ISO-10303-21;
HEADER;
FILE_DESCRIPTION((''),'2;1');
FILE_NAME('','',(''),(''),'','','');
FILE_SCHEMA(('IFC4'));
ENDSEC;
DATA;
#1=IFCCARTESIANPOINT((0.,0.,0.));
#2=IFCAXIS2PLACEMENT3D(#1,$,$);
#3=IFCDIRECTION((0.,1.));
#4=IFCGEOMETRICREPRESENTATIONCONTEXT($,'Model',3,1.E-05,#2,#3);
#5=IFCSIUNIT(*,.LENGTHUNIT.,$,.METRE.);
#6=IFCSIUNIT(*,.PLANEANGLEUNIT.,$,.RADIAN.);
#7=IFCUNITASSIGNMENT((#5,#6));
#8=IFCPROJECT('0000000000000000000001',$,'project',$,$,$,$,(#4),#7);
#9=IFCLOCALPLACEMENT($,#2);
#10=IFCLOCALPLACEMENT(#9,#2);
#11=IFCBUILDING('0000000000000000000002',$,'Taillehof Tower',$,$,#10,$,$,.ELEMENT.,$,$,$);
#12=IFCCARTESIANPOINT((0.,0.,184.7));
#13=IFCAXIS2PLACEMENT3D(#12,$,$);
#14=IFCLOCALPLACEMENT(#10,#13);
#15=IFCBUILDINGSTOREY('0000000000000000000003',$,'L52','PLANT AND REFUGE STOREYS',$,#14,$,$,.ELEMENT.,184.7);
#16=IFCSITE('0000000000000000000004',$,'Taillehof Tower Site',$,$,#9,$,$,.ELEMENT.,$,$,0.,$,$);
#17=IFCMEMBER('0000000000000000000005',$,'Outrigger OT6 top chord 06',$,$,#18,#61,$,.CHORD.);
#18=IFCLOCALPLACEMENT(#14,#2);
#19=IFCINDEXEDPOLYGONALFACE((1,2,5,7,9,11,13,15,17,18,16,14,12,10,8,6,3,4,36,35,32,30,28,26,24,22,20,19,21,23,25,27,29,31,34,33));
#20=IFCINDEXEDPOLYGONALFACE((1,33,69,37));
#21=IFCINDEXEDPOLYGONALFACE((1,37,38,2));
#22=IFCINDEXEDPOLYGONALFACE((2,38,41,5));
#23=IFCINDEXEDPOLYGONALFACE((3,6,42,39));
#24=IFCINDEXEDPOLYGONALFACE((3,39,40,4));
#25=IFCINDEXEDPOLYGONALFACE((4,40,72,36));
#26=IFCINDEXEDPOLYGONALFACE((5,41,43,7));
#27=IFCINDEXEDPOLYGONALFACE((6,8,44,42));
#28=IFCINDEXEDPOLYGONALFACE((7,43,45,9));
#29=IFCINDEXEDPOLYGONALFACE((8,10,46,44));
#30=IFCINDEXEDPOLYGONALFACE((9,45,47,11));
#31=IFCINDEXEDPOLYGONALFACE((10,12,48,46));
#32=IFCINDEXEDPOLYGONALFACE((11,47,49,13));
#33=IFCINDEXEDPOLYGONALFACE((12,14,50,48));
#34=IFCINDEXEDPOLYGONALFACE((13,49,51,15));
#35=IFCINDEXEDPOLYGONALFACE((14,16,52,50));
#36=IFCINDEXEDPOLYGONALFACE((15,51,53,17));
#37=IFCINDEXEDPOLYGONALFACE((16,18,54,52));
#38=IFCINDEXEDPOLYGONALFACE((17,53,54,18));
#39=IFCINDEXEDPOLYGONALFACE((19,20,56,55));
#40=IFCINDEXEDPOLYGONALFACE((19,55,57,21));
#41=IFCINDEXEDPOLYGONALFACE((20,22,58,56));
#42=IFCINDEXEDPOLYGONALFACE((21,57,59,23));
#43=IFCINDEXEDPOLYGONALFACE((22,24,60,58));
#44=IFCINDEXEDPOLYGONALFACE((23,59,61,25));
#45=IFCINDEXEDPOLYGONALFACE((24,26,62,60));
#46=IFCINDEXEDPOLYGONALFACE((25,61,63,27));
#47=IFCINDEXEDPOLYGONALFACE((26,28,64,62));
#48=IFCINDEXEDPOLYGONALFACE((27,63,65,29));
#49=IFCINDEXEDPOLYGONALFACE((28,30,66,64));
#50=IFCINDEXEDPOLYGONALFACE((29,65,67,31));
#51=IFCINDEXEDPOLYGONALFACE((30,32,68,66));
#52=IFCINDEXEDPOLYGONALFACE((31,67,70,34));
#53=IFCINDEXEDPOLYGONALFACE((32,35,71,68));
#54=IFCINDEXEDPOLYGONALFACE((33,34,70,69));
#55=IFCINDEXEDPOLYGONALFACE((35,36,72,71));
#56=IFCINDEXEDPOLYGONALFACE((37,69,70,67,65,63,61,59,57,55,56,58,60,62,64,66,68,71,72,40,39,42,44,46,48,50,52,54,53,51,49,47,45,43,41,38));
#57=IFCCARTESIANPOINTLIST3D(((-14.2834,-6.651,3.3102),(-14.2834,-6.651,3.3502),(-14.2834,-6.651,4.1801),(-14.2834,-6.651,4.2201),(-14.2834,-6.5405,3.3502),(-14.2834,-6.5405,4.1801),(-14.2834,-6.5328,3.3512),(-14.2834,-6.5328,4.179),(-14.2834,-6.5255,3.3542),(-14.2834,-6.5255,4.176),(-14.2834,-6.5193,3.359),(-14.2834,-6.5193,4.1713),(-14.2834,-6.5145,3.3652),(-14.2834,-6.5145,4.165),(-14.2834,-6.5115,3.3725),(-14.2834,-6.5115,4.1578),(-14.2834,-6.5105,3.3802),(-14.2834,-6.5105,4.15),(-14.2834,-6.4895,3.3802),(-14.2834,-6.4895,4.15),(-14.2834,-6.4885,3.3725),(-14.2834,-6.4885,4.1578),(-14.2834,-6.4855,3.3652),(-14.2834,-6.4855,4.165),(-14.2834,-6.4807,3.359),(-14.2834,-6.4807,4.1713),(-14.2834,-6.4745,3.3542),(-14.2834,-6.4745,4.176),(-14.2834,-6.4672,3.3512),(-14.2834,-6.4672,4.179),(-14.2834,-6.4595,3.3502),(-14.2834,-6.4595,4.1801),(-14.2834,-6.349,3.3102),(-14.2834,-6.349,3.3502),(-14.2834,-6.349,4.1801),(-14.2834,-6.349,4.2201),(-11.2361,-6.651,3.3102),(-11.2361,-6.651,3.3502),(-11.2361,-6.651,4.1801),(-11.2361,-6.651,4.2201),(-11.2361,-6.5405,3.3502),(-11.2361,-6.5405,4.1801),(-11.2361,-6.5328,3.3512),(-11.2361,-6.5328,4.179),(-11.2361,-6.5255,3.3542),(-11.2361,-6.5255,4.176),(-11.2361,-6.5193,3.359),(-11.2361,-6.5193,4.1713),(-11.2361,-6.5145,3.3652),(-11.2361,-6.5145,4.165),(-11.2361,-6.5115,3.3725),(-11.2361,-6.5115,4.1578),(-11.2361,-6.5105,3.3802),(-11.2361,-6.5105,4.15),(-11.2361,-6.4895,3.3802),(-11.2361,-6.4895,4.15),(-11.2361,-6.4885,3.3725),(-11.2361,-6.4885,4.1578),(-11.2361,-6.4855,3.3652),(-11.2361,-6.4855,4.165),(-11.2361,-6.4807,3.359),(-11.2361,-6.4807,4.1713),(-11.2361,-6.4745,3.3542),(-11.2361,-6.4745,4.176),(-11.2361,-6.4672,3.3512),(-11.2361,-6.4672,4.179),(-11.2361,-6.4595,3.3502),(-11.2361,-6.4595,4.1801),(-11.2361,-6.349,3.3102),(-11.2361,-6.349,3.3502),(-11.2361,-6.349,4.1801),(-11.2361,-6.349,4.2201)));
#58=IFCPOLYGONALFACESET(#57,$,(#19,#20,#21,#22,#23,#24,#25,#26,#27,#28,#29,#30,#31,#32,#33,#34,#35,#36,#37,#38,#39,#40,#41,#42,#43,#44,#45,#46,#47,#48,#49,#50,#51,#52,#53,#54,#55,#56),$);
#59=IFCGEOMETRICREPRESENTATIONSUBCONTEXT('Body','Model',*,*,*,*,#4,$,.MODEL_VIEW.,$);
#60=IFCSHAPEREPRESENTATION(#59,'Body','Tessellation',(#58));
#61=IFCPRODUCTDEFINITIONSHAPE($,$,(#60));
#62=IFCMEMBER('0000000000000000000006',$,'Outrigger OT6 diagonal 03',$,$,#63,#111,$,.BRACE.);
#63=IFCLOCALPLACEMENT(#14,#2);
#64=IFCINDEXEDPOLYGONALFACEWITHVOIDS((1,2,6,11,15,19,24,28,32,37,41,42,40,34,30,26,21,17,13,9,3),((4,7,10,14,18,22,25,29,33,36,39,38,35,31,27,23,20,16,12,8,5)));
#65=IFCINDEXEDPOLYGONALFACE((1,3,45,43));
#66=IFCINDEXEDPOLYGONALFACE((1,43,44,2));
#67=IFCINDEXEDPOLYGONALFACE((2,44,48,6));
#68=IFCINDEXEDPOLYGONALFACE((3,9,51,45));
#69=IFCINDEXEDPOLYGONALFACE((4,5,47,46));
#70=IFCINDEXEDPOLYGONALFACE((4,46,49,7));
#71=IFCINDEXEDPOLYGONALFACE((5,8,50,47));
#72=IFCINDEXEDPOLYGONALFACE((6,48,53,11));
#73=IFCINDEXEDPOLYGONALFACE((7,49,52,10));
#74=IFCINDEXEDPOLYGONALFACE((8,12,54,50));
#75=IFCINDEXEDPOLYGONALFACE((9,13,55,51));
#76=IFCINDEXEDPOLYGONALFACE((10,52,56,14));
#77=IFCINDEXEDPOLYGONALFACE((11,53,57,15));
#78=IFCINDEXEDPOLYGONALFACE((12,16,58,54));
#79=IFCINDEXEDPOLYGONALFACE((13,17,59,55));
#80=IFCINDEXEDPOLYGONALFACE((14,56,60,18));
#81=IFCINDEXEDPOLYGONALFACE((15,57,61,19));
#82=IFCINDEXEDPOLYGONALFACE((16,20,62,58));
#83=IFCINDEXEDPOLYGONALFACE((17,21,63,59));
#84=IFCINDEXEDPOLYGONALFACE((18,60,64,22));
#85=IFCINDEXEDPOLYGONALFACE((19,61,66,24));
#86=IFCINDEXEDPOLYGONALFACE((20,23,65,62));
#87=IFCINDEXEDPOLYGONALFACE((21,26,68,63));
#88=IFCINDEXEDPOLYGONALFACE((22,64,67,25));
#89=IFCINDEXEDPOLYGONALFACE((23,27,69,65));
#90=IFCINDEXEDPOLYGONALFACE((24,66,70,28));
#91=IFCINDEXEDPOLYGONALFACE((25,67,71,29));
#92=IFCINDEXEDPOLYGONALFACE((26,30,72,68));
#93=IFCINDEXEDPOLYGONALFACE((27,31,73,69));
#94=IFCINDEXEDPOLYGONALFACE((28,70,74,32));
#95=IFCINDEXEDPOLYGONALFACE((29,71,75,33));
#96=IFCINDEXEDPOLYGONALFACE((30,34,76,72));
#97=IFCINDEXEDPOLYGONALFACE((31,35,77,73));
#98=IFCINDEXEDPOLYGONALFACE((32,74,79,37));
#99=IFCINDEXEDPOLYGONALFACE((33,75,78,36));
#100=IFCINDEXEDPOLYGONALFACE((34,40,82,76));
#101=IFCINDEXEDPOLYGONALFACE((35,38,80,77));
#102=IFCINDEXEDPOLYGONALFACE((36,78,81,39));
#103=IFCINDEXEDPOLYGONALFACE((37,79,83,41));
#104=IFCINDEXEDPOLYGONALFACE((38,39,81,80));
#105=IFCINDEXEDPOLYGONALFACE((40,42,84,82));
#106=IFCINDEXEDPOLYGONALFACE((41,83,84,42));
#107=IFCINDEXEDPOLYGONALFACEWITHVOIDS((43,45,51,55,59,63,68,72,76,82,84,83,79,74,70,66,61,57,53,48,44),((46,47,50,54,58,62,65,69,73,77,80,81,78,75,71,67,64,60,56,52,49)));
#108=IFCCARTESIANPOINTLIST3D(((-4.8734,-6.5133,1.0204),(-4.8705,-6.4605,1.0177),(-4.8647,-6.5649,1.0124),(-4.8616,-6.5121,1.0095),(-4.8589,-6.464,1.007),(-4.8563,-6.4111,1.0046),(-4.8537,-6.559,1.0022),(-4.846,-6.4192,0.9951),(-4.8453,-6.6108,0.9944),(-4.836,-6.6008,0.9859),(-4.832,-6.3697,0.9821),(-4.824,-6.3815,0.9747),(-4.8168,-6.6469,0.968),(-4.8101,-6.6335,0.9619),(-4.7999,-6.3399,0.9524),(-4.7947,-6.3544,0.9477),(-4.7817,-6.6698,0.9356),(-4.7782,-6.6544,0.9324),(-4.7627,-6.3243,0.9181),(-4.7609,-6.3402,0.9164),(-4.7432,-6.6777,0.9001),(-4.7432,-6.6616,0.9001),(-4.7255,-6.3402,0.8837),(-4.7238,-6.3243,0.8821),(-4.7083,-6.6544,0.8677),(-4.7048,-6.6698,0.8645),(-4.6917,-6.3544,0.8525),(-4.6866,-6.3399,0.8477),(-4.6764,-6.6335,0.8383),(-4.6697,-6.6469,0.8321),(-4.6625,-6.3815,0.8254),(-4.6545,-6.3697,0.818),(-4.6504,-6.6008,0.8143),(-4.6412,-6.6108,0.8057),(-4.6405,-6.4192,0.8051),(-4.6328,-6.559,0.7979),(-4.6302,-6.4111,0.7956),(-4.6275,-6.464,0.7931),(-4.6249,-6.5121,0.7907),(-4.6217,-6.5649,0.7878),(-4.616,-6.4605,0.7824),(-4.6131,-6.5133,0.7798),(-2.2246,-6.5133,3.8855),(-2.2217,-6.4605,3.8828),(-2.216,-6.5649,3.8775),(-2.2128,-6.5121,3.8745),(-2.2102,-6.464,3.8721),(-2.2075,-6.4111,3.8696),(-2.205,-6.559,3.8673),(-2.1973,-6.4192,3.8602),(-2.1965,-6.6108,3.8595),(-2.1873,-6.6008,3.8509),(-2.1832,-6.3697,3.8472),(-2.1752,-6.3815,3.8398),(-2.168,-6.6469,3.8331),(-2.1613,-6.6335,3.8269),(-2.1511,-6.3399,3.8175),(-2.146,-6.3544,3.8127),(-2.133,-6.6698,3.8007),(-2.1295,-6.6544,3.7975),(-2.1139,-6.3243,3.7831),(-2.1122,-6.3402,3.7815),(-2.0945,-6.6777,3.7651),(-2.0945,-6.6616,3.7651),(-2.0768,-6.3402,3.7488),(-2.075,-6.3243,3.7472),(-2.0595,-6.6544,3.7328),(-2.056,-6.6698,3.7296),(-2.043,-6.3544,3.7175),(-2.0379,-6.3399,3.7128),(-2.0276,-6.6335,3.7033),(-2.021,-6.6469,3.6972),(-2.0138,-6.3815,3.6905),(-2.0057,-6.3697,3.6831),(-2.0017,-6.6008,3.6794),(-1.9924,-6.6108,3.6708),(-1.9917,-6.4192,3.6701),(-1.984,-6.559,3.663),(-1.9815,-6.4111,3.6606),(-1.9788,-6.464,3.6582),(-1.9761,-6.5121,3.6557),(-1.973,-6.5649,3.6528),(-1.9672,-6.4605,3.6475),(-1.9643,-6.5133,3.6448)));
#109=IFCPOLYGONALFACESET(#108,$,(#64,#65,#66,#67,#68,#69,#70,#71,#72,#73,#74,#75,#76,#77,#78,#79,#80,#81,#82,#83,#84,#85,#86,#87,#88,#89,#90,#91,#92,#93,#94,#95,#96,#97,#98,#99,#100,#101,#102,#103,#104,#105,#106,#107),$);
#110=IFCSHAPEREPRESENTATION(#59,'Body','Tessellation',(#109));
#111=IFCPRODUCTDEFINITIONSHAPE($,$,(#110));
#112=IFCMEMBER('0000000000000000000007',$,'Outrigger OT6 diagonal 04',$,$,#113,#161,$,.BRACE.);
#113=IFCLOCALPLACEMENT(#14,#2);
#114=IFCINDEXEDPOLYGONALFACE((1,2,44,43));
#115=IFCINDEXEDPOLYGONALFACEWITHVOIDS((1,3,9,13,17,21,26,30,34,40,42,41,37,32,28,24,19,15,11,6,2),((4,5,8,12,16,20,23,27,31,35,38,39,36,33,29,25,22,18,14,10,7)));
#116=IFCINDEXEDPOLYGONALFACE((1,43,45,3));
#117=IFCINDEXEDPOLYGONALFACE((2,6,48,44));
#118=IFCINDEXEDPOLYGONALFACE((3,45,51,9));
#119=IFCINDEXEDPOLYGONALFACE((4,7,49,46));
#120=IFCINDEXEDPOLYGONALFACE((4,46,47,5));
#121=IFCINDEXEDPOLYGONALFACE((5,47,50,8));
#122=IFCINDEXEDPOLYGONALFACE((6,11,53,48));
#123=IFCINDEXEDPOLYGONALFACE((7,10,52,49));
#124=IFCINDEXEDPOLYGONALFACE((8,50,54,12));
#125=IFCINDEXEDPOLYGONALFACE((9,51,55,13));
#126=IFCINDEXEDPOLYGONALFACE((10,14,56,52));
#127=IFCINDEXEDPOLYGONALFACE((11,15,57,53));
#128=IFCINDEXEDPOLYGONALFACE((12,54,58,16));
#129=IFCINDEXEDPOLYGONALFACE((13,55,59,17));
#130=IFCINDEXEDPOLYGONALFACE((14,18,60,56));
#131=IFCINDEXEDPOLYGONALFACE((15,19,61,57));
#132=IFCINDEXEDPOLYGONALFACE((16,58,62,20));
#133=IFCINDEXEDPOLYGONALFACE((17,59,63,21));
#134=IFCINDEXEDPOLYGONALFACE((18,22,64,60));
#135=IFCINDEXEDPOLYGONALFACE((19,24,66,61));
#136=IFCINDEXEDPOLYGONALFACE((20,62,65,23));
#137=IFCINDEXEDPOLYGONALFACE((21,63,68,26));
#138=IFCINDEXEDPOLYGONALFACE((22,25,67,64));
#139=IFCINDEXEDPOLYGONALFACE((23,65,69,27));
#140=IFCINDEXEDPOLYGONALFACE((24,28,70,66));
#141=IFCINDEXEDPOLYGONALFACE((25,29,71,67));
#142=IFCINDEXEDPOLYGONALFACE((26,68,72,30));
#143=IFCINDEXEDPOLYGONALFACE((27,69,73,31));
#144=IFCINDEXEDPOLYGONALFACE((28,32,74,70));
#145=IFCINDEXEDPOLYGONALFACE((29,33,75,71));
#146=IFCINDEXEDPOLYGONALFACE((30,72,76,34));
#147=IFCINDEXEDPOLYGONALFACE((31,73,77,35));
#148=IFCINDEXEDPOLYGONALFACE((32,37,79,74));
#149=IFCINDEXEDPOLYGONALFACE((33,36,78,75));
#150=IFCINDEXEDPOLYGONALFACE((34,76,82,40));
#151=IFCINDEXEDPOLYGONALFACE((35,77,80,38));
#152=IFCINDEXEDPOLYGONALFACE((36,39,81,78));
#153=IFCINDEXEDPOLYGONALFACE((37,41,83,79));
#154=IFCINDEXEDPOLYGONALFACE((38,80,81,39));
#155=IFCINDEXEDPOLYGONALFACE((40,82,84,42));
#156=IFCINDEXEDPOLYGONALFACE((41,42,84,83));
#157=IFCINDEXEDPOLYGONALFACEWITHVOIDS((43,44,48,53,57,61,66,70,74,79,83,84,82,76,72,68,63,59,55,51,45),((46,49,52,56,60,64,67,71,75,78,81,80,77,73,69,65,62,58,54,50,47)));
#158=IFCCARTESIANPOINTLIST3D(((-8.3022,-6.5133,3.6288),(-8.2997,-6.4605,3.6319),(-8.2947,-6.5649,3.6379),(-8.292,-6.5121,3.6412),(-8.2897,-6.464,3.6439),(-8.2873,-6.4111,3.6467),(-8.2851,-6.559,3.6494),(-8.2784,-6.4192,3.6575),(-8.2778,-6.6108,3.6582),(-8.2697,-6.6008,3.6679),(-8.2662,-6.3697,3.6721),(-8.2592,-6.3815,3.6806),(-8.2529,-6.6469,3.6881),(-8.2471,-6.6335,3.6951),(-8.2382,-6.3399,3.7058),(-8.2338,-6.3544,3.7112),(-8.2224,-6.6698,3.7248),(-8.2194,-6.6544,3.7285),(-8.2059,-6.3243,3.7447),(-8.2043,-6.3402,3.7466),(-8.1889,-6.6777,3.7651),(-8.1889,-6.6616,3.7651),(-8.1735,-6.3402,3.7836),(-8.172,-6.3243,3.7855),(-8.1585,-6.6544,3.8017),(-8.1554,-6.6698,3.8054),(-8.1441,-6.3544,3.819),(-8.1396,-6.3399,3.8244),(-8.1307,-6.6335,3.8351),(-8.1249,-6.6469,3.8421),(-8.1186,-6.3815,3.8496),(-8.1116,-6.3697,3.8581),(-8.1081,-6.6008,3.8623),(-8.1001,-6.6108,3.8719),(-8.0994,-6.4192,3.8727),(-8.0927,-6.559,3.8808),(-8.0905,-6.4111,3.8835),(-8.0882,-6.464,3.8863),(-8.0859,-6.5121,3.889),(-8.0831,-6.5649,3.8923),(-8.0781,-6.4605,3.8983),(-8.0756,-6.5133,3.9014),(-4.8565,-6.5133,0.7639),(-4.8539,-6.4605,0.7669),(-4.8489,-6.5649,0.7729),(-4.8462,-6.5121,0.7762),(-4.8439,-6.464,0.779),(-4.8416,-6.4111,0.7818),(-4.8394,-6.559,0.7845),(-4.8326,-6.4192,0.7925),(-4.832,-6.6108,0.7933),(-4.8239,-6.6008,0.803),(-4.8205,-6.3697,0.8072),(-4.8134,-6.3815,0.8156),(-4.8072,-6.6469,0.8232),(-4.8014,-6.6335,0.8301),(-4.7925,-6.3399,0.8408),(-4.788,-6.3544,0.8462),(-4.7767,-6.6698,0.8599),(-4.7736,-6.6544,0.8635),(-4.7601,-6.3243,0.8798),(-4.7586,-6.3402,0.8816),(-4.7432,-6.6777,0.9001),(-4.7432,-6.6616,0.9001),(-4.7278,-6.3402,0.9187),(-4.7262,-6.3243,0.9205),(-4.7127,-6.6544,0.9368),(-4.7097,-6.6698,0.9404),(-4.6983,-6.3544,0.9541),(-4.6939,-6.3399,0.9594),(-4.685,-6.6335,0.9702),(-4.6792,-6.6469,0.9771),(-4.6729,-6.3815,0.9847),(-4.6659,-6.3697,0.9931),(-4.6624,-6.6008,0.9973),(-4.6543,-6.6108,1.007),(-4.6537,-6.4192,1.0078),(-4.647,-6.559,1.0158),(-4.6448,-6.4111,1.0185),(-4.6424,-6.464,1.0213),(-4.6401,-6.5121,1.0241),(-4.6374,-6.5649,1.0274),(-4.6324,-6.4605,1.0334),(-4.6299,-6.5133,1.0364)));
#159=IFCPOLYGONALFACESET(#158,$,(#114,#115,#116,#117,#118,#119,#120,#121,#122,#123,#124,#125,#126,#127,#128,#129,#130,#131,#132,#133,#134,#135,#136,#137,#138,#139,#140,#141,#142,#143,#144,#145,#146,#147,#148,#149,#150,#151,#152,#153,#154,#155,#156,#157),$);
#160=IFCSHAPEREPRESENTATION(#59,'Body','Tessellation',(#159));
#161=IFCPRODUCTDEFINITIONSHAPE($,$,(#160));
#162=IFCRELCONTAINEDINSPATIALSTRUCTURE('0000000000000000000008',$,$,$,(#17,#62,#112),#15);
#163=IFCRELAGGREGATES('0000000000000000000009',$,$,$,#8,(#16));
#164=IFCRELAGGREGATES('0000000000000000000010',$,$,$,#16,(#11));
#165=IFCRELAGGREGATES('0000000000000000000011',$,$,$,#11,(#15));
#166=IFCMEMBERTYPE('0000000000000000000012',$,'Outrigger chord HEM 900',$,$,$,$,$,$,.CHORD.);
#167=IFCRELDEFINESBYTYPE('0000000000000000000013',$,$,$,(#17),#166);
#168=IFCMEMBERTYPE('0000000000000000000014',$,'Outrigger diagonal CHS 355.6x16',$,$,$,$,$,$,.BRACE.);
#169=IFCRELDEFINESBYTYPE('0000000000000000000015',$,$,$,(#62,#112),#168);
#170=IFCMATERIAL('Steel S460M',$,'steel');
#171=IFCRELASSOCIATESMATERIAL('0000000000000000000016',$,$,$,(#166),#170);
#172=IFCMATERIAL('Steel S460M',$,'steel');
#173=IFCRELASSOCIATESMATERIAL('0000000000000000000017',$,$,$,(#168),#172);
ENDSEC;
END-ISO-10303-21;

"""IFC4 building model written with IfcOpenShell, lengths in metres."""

from ifc_helpers import new_model, si_unit, direction, frame, origin, origin_2d, place, context, subcontext, project, spatial, hollow_circle, i_section, extrude, material, material_profile, profile_set, type_object, element, save


model = new_model("IFC4")

# Units and contexts
model_context = context("Model", 3, precision=1e-05, world=origin(), true_north=direction((0.0, 1.0)))
body_context = subcontext(model_context, "Body", "Model", "MODEL_VIEW")
ifc_project = project(units=[si_unit("LENGTHUNIT", "METRE"), si_unit("PLANEANGLEUNIT", "RADIAN")], contexts=[model_context])

# Site, building, storey
site_placement = place(None, origin())
site = spatial("IfcSite", under=ifc_project, at=site_placement, Name="Taillehof Tower Site", CompositionType="ELEMENT", RefElevation=0.0)
building_placement = place(site_placement, origin())
building = spatial("IfcBuilding", under=site, at=building_placement, Name="Taillehof Tower", CompositionType="ELEMENT")
storey_placement = place(building_placement, frame((0.0, 0.0, 184.7)))
storey = spatial("IfcBuildingStorey", under=building, at=storey_placement, Name="L52", Description="PLANT AND REFUGE STOREYS", CompositionType="ELEMENT", Elevation=184.7)

# Members
ifc_material_1 = material(Name="Steel S460M", Category="steel")
ifc_material_profile_1 = material_profile(ifc_material_1, i_section(OverallWidth=0.302, OverallDepth=0.9099, WebThickness=0.021, FlangeThickness=0.04, FilletRadius=0.03, at=origin_2d()), Name="HEM 900")
ifc_profile_set_1 = profile_set([ifc_material_profile_1], Name="Steel S460M")
member_type_1 = type_object("IfcMemberType", Name="Outrigger chord HEM 900", PredefinedType="CHORD", material=ifc_profile_set_1)
member_1_placement = place(storey_placement, frame((-11.2361, -6.5, 3.7651), z_axis=(-1.0, 0.0, 0.0), x_axis=(0.0, -1.0, 0.0)))
element("IfcMember", 1, at=member_1_placement, inside=storey, type_object=member_type_1, Name="Outrigger OT6 top chord 06", PredefinedType="CHORD", context=body_context, shape_type="SweptSolid", body=[
    extrude(i_section(OverallWidth=0.302, OverallDepth=0.9099, WebThickness=0.021, FlangeThickness=0.04, FilletRadius=0.03, at=origin_2d()), origin(), (0.0, 0.0, 1.0), 3.0474),
])
ifc_material_2 = material(Name="Steel S460M", Category="steel")
ifc_material_profile_2 = material_profile(ifc_material_2, hollow_circle(Radius=0.1777, WallThickness=0.0161, at=origin_2d()), Name="CHS 355.6x16")
ifc_profile_set_2 = profile_set([ifc_material_profile_2], Name="Steel S460M")
member_type_2 = type_object("IfcMemberType", Name="Outrigger diagonal CHS 355.6x16", PredefinedType="BRACE", material=ifc_profile_set_2)
member_2_placement = place(storey_placement, frame((-2.0945, -6.5, 3.7651), z_axis=(-0.678844, 0.0, -0.734283), x_axis=(0.0, -1.0, 0.0)))
element("IfcMember", 2, at=member_2_placement, inside=storey, type_object=member_type_2, Name="Outrigger OT6 diagonal 03", PredefinedType="BRACE", context=body_context, shape_type="SweptSolid", body=[
    extrude(hollow_circle(Radius=0.1777, WallThickness=0.0161, at=origin_2d()), origin(), (0.0, 0.0, 1.0), 3.9019),
])
member_3_placement = place(storey_placement, frame((-4.7432, -6.5, 0.9001), z_axis=(-0.768935, 0.0, 0.639327), x_axis=(0.0, -1.0, 0.0)))
element("IfcMember", 3, at=member_3_placement, inside=storey, type_object=member_type_2, Name="Outrigger OT6 diagonal 04", PredefinedType="BRACE", context=body_context, shape_type="SweptSolid", body=[
    extrude(hollow_circle(Radius=0.1777, WallThickness=0.0161, at=origin_2d()), origin(), (0.0, 0.0, 1.0), 4.4812),
])

save(model, "model.ifc")
